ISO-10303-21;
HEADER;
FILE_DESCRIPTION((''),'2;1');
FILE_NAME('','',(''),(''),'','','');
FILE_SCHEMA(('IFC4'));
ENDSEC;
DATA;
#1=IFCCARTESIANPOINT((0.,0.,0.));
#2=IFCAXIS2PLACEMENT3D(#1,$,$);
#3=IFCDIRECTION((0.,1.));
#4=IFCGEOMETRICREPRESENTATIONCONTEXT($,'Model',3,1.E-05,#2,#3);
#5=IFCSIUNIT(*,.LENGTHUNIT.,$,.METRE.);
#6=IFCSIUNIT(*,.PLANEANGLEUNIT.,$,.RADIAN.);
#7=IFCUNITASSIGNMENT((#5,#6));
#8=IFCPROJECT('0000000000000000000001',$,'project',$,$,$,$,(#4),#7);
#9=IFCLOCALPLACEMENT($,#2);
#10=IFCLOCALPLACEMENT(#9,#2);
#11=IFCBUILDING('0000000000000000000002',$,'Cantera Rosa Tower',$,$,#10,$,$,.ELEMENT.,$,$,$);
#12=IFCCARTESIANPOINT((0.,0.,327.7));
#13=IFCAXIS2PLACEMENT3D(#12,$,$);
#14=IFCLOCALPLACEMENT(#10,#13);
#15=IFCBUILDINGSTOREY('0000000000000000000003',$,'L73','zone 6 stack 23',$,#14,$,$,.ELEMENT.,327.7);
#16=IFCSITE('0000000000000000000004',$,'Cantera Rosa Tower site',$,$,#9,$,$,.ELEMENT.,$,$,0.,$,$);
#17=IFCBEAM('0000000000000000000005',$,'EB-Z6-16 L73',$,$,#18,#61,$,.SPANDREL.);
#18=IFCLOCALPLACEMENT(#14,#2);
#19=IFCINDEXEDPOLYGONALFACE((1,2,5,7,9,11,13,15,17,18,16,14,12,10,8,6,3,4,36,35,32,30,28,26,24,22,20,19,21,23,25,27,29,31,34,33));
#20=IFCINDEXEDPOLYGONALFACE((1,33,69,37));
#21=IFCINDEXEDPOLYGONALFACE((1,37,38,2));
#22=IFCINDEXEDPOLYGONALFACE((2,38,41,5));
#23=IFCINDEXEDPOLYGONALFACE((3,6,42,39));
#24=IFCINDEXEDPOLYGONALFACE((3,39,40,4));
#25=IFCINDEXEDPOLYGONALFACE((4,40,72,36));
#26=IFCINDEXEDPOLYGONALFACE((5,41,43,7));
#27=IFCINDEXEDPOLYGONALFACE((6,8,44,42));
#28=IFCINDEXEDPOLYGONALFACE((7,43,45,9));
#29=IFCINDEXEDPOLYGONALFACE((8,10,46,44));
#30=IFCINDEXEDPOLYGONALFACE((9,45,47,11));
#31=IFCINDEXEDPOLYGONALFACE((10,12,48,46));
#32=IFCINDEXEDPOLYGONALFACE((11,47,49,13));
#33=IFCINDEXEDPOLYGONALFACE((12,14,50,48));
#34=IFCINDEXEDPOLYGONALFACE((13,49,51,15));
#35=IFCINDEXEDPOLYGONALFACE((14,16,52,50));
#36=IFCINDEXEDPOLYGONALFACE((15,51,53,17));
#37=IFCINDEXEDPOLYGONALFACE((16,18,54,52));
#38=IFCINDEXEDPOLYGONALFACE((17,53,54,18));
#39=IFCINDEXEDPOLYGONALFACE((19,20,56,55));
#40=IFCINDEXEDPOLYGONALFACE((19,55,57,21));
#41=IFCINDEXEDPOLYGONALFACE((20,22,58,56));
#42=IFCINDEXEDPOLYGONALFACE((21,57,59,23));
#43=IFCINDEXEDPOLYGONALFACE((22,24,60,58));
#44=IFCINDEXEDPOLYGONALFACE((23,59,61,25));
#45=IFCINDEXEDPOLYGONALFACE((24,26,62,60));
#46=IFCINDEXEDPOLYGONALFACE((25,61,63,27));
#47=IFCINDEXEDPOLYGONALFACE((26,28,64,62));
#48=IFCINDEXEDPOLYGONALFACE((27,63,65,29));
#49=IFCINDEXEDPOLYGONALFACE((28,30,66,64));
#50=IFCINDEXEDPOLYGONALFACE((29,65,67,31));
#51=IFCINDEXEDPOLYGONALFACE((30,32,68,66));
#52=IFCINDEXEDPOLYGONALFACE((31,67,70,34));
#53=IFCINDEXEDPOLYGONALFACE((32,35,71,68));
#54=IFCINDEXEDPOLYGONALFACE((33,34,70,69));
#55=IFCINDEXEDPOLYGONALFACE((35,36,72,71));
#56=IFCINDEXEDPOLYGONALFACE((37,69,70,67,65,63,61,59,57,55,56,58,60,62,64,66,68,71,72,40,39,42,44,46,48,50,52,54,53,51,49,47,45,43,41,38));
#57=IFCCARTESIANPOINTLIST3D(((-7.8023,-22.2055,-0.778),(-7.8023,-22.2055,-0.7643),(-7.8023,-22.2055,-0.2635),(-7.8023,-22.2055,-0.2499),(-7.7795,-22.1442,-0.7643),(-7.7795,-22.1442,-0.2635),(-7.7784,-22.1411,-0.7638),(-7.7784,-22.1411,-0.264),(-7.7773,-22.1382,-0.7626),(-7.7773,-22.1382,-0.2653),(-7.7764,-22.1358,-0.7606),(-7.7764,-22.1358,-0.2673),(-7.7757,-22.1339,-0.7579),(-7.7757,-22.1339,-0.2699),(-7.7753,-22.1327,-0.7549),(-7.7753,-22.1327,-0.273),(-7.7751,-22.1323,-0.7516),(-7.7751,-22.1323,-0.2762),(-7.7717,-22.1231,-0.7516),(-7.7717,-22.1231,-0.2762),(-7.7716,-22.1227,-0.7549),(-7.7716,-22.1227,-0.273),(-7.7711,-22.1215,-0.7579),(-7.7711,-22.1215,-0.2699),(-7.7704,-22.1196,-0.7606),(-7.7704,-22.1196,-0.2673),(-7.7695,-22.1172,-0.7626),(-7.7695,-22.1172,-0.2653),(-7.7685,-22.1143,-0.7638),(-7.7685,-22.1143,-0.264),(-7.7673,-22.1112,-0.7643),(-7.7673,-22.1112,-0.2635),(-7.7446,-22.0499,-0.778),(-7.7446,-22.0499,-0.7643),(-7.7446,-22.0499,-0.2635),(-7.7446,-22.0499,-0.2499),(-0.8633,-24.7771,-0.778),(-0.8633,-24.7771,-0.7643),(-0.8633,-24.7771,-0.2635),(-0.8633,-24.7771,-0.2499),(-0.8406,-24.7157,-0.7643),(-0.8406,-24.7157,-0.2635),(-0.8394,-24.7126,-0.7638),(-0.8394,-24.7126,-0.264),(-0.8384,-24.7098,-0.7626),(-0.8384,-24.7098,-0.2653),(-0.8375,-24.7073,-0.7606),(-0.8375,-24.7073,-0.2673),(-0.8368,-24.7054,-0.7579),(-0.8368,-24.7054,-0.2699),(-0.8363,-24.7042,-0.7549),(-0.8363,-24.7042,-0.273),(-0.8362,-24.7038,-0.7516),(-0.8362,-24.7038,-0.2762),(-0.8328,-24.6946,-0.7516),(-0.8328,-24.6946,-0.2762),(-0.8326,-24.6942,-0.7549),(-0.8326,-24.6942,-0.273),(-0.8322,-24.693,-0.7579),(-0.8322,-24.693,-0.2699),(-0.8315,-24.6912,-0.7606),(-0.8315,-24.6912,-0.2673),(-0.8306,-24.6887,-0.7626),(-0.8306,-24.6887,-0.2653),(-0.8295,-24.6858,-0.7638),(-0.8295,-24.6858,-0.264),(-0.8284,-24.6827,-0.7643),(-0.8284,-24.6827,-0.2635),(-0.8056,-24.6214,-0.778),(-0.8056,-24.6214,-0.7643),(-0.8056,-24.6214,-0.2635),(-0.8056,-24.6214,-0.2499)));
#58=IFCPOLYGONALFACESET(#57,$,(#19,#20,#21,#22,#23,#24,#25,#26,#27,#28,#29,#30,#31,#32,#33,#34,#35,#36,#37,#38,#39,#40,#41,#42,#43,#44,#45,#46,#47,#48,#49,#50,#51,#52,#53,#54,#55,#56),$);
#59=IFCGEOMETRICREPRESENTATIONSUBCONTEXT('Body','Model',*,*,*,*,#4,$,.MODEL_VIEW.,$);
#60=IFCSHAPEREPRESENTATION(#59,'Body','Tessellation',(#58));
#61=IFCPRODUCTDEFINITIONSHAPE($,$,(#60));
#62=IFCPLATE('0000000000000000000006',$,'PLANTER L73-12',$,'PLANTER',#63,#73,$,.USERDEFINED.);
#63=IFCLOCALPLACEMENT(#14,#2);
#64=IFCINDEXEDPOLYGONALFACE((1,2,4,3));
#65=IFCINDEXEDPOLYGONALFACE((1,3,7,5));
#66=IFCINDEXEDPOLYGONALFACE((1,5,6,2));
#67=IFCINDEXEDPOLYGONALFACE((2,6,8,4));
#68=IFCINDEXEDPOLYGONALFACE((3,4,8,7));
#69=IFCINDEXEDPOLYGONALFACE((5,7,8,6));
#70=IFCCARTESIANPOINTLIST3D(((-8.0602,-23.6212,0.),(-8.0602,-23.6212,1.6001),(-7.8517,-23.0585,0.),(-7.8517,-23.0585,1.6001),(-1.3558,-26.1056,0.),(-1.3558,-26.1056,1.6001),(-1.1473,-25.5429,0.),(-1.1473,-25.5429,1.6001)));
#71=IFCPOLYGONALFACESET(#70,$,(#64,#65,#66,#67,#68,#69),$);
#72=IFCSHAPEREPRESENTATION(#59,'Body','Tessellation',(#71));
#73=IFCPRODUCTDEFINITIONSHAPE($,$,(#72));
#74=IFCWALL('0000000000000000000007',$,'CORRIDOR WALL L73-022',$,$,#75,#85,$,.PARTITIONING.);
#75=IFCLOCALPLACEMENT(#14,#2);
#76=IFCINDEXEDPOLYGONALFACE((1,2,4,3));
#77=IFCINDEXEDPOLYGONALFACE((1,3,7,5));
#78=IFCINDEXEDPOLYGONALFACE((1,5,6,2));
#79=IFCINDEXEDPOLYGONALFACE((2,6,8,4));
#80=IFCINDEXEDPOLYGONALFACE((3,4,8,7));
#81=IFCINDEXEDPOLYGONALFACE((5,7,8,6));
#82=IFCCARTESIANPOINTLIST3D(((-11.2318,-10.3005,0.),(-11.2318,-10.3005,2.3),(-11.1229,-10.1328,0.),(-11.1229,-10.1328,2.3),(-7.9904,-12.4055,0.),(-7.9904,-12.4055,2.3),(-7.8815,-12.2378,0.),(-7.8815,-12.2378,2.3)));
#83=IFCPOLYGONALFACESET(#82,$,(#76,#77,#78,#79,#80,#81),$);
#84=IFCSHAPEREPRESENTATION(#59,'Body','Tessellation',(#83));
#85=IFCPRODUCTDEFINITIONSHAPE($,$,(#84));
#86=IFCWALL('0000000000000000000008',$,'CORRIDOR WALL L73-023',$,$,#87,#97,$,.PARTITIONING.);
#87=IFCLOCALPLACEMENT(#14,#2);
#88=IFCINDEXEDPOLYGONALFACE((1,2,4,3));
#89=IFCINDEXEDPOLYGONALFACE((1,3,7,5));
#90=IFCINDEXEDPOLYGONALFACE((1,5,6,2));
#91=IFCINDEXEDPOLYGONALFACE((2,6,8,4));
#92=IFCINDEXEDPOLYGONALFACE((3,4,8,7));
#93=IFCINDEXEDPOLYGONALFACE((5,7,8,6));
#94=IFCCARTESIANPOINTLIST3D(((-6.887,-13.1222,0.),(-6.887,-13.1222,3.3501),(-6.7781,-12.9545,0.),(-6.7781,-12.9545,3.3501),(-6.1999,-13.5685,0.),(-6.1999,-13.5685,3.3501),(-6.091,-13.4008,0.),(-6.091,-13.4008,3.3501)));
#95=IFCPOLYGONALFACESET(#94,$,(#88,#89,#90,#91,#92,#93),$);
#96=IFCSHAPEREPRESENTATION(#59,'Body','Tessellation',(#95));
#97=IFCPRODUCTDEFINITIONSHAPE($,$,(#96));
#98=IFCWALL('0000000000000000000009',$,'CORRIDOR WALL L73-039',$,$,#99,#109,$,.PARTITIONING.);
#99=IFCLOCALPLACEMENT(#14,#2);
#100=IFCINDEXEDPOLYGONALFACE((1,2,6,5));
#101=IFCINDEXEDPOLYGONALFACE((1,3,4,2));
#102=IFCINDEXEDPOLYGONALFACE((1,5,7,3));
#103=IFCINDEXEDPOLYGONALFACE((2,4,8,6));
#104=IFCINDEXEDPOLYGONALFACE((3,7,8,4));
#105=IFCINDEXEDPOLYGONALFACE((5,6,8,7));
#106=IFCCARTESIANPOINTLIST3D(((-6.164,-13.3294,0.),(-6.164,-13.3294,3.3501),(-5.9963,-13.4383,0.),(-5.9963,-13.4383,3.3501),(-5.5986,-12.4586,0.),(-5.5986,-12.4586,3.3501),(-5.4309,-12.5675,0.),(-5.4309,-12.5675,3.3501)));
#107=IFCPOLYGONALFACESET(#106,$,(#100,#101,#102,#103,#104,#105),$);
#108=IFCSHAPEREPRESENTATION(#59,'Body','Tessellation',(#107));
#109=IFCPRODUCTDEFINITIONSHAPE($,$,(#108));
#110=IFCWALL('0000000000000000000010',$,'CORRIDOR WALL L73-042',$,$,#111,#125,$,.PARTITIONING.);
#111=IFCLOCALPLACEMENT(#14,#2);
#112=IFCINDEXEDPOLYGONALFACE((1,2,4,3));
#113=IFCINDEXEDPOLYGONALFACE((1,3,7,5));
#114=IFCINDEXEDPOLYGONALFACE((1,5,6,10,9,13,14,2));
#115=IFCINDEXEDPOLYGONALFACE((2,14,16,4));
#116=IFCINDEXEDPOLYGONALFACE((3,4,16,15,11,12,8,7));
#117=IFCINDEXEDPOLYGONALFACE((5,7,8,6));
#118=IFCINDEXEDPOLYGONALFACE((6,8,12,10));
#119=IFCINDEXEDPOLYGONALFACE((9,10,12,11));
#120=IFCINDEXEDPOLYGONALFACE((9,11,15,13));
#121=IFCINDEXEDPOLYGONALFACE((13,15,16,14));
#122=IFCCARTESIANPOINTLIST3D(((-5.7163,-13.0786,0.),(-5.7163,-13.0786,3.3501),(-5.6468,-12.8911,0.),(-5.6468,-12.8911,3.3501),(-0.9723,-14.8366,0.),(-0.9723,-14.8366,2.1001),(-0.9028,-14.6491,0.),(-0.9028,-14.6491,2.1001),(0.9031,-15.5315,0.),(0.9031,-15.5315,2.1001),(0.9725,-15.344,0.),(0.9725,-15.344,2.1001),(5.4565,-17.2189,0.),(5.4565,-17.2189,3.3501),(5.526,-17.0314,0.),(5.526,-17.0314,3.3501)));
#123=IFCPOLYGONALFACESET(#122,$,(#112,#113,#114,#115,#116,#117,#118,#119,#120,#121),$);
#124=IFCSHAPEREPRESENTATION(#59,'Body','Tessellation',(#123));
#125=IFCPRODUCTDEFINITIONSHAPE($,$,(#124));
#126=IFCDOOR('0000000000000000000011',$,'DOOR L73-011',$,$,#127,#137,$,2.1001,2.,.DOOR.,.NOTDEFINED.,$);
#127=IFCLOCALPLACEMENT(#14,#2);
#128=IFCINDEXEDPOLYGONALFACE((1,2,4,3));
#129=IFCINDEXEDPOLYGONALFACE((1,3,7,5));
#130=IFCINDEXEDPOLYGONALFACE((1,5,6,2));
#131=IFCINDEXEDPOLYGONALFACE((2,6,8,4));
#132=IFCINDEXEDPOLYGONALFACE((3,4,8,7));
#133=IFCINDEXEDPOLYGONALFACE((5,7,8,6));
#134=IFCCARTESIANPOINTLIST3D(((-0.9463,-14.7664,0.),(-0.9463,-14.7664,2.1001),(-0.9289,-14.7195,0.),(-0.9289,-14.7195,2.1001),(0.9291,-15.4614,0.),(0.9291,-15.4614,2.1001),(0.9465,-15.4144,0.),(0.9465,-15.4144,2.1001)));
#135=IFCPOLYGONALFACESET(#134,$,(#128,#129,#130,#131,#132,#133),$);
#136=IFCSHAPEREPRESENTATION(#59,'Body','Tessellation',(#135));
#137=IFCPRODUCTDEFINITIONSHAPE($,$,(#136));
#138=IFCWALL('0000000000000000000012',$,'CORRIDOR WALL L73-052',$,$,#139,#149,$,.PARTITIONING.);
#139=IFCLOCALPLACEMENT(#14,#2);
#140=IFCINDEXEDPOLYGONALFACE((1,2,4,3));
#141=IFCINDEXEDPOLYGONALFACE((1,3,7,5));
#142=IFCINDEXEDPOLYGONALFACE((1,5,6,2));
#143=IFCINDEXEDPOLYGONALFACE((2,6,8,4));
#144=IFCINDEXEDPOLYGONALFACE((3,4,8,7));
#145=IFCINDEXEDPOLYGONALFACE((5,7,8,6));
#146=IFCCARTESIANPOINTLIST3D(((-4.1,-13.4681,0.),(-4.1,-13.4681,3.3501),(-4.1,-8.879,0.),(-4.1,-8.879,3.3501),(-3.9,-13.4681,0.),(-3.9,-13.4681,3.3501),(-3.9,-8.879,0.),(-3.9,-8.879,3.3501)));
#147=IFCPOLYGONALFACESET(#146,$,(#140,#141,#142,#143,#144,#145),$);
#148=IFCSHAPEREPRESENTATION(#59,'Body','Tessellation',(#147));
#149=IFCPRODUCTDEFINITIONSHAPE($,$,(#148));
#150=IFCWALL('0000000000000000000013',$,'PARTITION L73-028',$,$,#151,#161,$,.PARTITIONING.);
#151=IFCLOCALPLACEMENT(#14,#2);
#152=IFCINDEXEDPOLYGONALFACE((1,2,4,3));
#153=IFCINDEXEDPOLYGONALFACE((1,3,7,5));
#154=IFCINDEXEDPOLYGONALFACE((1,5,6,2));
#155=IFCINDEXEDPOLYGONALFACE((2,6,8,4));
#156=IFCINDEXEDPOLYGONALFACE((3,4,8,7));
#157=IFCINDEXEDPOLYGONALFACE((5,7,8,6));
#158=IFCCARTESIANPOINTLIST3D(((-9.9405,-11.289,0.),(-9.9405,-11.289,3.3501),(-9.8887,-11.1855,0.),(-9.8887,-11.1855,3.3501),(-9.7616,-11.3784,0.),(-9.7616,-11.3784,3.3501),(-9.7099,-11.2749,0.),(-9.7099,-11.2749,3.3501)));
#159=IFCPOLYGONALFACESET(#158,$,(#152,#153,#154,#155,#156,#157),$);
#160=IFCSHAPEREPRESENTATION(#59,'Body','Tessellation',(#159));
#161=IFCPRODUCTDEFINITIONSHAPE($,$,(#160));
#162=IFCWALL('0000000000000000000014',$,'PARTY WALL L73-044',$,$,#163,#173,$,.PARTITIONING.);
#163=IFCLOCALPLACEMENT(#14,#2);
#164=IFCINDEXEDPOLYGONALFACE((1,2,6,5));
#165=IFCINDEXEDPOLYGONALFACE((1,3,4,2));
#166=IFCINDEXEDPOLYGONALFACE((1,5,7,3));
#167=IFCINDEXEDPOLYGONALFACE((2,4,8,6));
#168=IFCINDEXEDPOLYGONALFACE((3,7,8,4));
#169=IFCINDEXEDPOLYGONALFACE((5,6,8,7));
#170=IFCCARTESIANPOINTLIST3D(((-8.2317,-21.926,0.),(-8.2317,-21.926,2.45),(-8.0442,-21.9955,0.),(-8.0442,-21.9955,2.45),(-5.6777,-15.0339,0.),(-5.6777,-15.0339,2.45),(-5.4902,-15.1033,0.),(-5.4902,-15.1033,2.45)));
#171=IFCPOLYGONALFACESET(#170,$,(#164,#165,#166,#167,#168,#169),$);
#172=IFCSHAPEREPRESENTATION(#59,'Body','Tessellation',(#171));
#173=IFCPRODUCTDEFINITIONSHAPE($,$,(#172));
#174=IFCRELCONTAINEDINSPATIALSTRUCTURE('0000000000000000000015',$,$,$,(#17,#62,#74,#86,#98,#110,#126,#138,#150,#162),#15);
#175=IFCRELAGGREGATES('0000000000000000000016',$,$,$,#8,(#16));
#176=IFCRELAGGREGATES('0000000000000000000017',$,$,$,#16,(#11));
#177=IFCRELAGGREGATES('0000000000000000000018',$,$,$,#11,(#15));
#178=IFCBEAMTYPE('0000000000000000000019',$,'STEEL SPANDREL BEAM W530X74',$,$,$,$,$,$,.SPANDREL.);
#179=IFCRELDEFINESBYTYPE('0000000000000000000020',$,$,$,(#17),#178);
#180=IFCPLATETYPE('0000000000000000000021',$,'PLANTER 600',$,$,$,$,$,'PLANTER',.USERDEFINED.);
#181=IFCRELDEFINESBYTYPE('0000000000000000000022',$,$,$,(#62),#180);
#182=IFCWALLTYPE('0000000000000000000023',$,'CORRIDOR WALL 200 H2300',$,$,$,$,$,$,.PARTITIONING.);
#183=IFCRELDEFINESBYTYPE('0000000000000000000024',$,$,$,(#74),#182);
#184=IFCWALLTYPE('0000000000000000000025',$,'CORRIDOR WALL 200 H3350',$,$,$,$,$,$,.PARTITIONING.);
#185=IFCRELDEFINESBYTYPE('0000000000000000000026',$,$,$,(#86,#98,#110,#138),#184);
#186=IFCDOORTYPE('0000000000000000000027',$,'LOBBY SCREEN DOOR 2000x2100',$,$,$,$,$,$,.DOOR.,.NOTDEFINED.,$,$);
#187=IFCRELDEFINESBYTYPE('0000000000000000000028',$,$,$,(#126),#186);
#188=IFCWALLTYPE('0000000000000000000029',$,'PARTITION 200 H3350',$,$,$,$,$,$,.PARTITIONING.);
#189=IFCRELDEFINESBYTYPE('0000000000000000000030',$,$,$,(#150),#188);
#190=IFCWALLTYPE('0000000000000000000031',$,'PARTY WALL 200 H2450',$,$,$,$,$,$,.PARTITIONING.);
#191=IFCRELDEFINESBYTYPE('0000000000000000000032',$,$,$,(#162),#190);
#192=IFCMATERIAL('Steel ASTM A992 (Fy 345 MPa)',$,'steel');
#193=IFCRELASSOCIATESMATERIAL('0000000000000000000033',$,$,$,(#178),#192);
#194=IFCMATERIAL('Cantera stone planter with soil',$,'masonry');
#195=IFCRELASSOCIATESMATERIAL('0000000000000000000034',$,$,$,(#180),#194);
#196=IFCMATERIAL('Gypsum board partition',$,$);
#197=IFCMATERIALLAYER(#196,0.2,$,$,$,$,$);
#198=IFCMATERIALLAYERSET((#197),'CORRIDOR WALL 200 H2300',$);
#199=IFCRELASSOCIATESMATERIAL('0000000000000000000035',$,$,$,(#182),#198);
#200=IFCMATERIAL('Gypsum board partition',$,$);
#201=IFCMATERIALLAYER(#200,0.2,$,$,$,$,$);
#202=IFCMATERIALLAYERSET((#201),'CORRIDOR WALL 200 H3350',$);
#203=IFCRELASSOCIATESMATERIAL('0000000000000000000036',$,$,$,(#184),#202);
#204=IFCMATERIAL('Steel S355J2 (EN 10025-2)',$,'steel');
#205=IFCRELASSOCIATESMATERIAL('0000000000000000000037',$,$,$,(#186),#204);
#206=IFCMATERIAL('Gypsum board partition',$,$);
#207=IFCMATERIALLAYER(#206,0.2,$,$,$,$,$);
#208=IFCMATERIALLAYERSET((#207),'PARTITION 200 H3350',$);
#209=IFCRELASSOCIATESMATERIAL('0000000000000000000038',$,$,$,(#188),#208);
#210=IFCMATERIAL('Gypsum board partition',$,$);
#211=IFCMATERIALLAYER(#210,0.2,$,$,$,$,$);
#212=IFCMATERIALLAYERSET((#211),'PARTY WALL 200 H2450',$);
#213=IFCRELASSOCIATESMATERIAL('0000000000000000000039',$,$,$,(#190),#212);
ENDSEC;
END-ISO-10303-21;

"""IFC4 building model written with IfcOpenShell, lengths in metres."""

from ifc_helpers import new_model, si_unit, direction, frame, frame_2d, origin, origin_2d, place, context, subcontext, project, spatial, rectangle, i_section, extrude, material, layer, layer_set, material_profile, profile_set, type_object, element, fill, save


model = new_model("IFC4")

# Units and contexts
model_context = context("Model", 3, precision=1e-05, world=origin(), true_north=direction((0.0, 1.0)))
body_context = subcontext(model_context, "Body", "Model", "MODEL_VIEW")
ifc_project = project(units=[si_unit("LENGTHUNIT", "METRE"), si_unit("PLANEANGLEUNIT", "RADIAN")], contexts=[model_context])

# Site, building, storey
site_placement = place(None, origin())
site = spatial("IfcSite", under=ifc_project, at=site_placement, Name="Cantera Rosa Tower site", CompositionType="ELEMENT", RefElevation=0.0)
building_placement = place(site_placement, origin())
building = spatial("IfcBuilding", under=site, at=building_placement, Name="Cantera Rosa Tower", CompositionType="ELEMENT")
storey_placement = place(building_placement, frame((0.0, 0.0, 327.7)))
storey = spatial("IfcBuildingStorey", under=building, at=storey_placement, Name="L73", Description="zone 6 stack 23", CompositionType="ELEMENT", Elevation=327.7)

# Beam
ifc_material_1 = material(Name="Steel ASTM A992 (Fy 345 MPa)", Category="steel")
ifc_material_profile_1 = material_profile(ifc_material_1, i_section(OverallWidth=0.166, OverallDepth=0.5281, WebThickness=0.0098, FlangeThickness=0.0137, FilletRadius=0.0127, at=origin_2d()), Name="W530X74")
ifc_profile_set_1 = profile_set([ifc_material_profile_1], Name="Steel ASTM A992 (Fy 345 MPa)")
beam_type_1 = type_object("IfcBeamType", Name="STEEL SPANDREL BEAM W530X74", PredefinedType="SPANDREL", material=ifc_profile_set_1)
beam_1_placement = place(storey_placement, frame((-7.7734, -22.1277, -0.5139), z_axis=(0.937681, -0.347498, 0.0), x_axis=(0.347498, 0.937681, 0.0)))
element("IfcBeam", 1, at=beam_1_placement, inside=storey, type_object=beam_type_1, Name="EB-Z6-16 L73", PredefinedType="SPANDREL", context=body_context, shape_type="SweptSolid", body=[
    extrude(i_section(OverallWidth=0.166, OverallDepth=0.5281, WebThickness=0.0098, FlangeThickness=0.0137, FilletRadius=0.0127, at=origin_2d()), origin(), (0.0, 0.0, 1.0), 7.4001),
])

# Plate
ifc_material_2 = material(Name="Cantera stone planter with soil", Category="masonry")
plate_type = type_object("IfcPlateType", Name="PLANTER 600", ElementType="PLANTER", PredefinedType="USERDEFINED", material=ifc_material_2)
plate_placement = place(storey_placement, frame((-4.6038, -24.582, 0.0), z_axis=(0.0, 0.0, 1.0), x_axis=(0.937687, -0.347481, 0.0)))
element("IfcPlate", 2, at=plate_placement, inside=storey, type_object=plate_type, Name="PLANTER L73-12", ObjectType="PLANTER", PredefinedType="USERDEFINED", context=body_context, shape_type="SweptSolid", body=[
    extrude(rectangle(XDim=7.1499, YDim=0.6001, at=origin_2d()), origin(), (0.0, 0.0, 1.0), 1.6001),
])

# Walls
ifc_material_3 = material(Name="Gypsum board partition")
ifc_layer_1 = layer(ifc_material_3, 0.2)
ifc_layer_set_1 = layer_set([ifc_layer_1], Name="CORRIDOR WALL 200 H2300")
wall_type_1 = type_object("IfcWallType", Name="CORRIDOR WALL 200 H2300", PredefinedType="PARTITIONING", material=ifc_layer_set_1)
wall_1_placement = place(storey_placement, frame((-11.1775, -10.2166, 0.0), z_axis=(0.0, 0.0, 1.0), x_axis=(0.838676, -0.544631, 0.0)))
element("IfcWall", 3, at=wall_1_placement, inside=storey, type_object=wall_type_1, Name="CORRIDOR WALL L73-022", PredefinedType="PARTITIONING", context=body_context, shape_type="SweptSolid", body=[
    extrude(rectangle(XDim=3.865, YDim=0.2, at=frame_2d((1.9326, 0.0))), origin(), (0.0, 0.0, 1.0), 2.3),
])
ifc_material_4 = material(Name="Gypsum board partition")
ifc_layer_2 = layer(ifc_material_4, 0.2)
ifc_layer_set_2 = layer_set([ifc_layer_2], Name="CORRIDOR WALL 200 H3350")
wall_type_2 = type_object("IfcWallType", Name="CORRIDOR WALL 200 H3350", PredefinedType="PARTITIONING", material=ifc_layer_set_2)
wall_2_placement = place(storey_placement, frame((-6.8325, -13.0383, 0.0), z_axis=(0.0, 0.0, 1.0), x_axis=(0.838593, -0.544758, 0.0)))
element("IfcWall", 4, at=wall_2_placement, inside=storey, type_object=wall_type_2, Name="CORRIDOR WALL L73-023", PredefinedType="PARTITIONING", context=body_context, shape_type="SweptSolid", body=[
    extrude(rectangle(XDim=0.8193, YDim=0.2, at=frame_2d((0.4097, 0.0))), origin(), (0.0, 0.0, 1.0), 3.3501),
])
wall_3_placement = place(storey_placement, frame((-6.0801, -13.3838, 0.0), z_axis=(0.0, 0.0, 1.0), x_axis=(0.544567, 0.838717, 0.0)))
element("IfcWall", 5, at=wall_3_placement, inside=storey, type_object=wall_type_2, Name="CORRIDOR WALL L73-039", PredefinedType="PARTITIONING", context=body_context, shape_type="SweptSolid", body=[
    extrude(rectangle(XDim=1.0383, YDim=0.2, at=frame_2d((0.519, 0.0))), origin(), (0.0, 0.0, 1.0), 3.3501),
])

# Wall, opening, door
wall_4_placement = place(storey_placement, frame((-5.6814, -12.9849, 0.0), z_axis=(0.0, 0.0, 1.0), x_axis=(0.937686, -0.347483, 0.0)))
wall_4 = element("IfcWall", 6, at=wall_4_placement, inside=storey, type_object=wall_type_2, Name="CORRIDOR WALL L73-042", PredefinedType="PARTITIONING", context=body_context, shape_type="SweptSolid", body=[
    extrude(rectangle(XDim=11.9153, YDim=0.2, at=frame_2d((5.9575, 0.0))), origin(), (0.0, 0.0, 1.0), 3.3501),
])
opening_1_placement = place(wall_4_placement, frame((5.0591, 0.0, 0.0)))
opening_1 = element("IfcOpeningElement", 7, at=opening_1_placement, cuts=wall_4, PredefinedType="OPENING", context=body_context, shape_type="SweptSolid", body=[
    extrude(rectangle(XDim=2.0, YDim=2.1001, at=frame_2d((1.0, 1.05))), frame((0.0, 0.1099, 0.0), z_axis=(0.0, -1.0, 0.0), x_axis=(1.0, 0.0, 0.0)), (0.0, 0.0, 1.0), 0.22),
])
ifc_material_5 = material(Name="Steel S355J2 (EN 10025-2)", Category="steel")
door_type_1 = type_object("IfcDoorType", Name="LOBBY SCREEN DOOR 2000x2100", OperationType="NOTDEFINED", PredefinedType="DOOR", material=ifc_material_5)
door_1_placement = place(opening_1_placement, origin())
door_1 = element("IfcDoor", 8, at=door_1_placement, inside=storey, type_object=door_type_1, Name="DOOR L73-011", OperationType="NOTDEFINED", OverallHeight=2.1001, OverallWidth=2.0, PredefinedType="DOOR", context=body_context, shape_type="SweptSolid", body=[
    extrude(rectangle(XDim=2.0, YDim=2.1001, at=frame_2d((1.0, 1.05))), frame((0.0, 0.0249, 0.0), z_axis=(0.0, -1.0, 0.0), x_axis=(1.0, 0.0, 0.0)), (0.0, 0.0, 1.0), 0.05),
])
fill(opening_1, door_1)

# Wall
wall_5_placement = place(storey_placement, frame((-4.0, -13.468, 0.0), z_axis=(0.0, 0.0, 1.0), x_axis=(0.0, 1.0, 0.0)))
element("IfcWall", 9, at=wall_5_placement, inside=storey, type_object=wall_type_2, Name="CORRIDOR WALL L73-052", PredefinedType="PARTITIONING", context=body_context, shape_type="SweptSolid", body=[
    extrude(rectangle(XDim=4.5891, YDim=0.2, at=frame_2d((2.2944, 0.0))), origin(), (0.0, 0.0, 1.0), 3.3501),
])

# Walls
ifc_material_6 = material(Name="Gypsum board partition")
ifc_layer_3 = layer(ifc_material_6, 0.2)
ifc_layer_set_3 = layer_set([ifc_layer_3], Name="PARTITION 200 H3350")
wall_type_3 = type_object("IfcWallType", Name="PARTITION 200 H3350", PredefinedType="PARTITIONING", material=ifc_layer_set_3)
wall_6_placement = place(storey_placement, frame((-9.7993, -11.2302, 0.0), z_axis=(0.0, 0.0, 1.0), x_axis=(-0.447214, -0.894427, 0.0)))
element("IfcWall", 10, at=wall_6_placement, inside=storey, type_object=wall_type_3, Name="PARTITION L73-028", PredefinedType="PARTITIONING", context=body_context, shape_type="SweptSolid", body=[
    extrude(rectangle(XDim=0.1157, YDim=0.2, at=frame_2d((0.0579, 0.0))), origin(), (0.0, 0.0, 1.0), 3.3501),
])
ifc_material_7 = material(Name="Gypsum board partition")
ifc_layer_4 = layer(ifc_material_7, 0.2)
ifc_layer_set_4 = layer_set([ifc_layer_4], Name="PARTY WALL 200 H2450")
wall_type_4 = type_object("IfcWallType", Name="PARTY WALL 200 H2450", PredefinedType="PARTITIONING", material=ifc_layer_set_4)
wall_7_placement = place(storey_placement, frame((-5.584, -15.0686, 0.0), z_axis=(0.0, 0.0, 1.0), x_axis=(-0.347473, -0.93769, 0.0)))
element("IfcWall", 11, at=wall_7_placement, inside=storey, type_object=wall_type_4, Name="PARTY WALL L73-044", PredefinedType="PARTITIONING", context=body_context, shape_type="SweptSolid", body=[
    extrude(rectangle(XDim=7.3501, YDim=0.2, at=frame_2d((3.675, 0.0))), origin(), (0.0, 0.0, 1.0), 2.45),
])

save(model, "model.ifc")
